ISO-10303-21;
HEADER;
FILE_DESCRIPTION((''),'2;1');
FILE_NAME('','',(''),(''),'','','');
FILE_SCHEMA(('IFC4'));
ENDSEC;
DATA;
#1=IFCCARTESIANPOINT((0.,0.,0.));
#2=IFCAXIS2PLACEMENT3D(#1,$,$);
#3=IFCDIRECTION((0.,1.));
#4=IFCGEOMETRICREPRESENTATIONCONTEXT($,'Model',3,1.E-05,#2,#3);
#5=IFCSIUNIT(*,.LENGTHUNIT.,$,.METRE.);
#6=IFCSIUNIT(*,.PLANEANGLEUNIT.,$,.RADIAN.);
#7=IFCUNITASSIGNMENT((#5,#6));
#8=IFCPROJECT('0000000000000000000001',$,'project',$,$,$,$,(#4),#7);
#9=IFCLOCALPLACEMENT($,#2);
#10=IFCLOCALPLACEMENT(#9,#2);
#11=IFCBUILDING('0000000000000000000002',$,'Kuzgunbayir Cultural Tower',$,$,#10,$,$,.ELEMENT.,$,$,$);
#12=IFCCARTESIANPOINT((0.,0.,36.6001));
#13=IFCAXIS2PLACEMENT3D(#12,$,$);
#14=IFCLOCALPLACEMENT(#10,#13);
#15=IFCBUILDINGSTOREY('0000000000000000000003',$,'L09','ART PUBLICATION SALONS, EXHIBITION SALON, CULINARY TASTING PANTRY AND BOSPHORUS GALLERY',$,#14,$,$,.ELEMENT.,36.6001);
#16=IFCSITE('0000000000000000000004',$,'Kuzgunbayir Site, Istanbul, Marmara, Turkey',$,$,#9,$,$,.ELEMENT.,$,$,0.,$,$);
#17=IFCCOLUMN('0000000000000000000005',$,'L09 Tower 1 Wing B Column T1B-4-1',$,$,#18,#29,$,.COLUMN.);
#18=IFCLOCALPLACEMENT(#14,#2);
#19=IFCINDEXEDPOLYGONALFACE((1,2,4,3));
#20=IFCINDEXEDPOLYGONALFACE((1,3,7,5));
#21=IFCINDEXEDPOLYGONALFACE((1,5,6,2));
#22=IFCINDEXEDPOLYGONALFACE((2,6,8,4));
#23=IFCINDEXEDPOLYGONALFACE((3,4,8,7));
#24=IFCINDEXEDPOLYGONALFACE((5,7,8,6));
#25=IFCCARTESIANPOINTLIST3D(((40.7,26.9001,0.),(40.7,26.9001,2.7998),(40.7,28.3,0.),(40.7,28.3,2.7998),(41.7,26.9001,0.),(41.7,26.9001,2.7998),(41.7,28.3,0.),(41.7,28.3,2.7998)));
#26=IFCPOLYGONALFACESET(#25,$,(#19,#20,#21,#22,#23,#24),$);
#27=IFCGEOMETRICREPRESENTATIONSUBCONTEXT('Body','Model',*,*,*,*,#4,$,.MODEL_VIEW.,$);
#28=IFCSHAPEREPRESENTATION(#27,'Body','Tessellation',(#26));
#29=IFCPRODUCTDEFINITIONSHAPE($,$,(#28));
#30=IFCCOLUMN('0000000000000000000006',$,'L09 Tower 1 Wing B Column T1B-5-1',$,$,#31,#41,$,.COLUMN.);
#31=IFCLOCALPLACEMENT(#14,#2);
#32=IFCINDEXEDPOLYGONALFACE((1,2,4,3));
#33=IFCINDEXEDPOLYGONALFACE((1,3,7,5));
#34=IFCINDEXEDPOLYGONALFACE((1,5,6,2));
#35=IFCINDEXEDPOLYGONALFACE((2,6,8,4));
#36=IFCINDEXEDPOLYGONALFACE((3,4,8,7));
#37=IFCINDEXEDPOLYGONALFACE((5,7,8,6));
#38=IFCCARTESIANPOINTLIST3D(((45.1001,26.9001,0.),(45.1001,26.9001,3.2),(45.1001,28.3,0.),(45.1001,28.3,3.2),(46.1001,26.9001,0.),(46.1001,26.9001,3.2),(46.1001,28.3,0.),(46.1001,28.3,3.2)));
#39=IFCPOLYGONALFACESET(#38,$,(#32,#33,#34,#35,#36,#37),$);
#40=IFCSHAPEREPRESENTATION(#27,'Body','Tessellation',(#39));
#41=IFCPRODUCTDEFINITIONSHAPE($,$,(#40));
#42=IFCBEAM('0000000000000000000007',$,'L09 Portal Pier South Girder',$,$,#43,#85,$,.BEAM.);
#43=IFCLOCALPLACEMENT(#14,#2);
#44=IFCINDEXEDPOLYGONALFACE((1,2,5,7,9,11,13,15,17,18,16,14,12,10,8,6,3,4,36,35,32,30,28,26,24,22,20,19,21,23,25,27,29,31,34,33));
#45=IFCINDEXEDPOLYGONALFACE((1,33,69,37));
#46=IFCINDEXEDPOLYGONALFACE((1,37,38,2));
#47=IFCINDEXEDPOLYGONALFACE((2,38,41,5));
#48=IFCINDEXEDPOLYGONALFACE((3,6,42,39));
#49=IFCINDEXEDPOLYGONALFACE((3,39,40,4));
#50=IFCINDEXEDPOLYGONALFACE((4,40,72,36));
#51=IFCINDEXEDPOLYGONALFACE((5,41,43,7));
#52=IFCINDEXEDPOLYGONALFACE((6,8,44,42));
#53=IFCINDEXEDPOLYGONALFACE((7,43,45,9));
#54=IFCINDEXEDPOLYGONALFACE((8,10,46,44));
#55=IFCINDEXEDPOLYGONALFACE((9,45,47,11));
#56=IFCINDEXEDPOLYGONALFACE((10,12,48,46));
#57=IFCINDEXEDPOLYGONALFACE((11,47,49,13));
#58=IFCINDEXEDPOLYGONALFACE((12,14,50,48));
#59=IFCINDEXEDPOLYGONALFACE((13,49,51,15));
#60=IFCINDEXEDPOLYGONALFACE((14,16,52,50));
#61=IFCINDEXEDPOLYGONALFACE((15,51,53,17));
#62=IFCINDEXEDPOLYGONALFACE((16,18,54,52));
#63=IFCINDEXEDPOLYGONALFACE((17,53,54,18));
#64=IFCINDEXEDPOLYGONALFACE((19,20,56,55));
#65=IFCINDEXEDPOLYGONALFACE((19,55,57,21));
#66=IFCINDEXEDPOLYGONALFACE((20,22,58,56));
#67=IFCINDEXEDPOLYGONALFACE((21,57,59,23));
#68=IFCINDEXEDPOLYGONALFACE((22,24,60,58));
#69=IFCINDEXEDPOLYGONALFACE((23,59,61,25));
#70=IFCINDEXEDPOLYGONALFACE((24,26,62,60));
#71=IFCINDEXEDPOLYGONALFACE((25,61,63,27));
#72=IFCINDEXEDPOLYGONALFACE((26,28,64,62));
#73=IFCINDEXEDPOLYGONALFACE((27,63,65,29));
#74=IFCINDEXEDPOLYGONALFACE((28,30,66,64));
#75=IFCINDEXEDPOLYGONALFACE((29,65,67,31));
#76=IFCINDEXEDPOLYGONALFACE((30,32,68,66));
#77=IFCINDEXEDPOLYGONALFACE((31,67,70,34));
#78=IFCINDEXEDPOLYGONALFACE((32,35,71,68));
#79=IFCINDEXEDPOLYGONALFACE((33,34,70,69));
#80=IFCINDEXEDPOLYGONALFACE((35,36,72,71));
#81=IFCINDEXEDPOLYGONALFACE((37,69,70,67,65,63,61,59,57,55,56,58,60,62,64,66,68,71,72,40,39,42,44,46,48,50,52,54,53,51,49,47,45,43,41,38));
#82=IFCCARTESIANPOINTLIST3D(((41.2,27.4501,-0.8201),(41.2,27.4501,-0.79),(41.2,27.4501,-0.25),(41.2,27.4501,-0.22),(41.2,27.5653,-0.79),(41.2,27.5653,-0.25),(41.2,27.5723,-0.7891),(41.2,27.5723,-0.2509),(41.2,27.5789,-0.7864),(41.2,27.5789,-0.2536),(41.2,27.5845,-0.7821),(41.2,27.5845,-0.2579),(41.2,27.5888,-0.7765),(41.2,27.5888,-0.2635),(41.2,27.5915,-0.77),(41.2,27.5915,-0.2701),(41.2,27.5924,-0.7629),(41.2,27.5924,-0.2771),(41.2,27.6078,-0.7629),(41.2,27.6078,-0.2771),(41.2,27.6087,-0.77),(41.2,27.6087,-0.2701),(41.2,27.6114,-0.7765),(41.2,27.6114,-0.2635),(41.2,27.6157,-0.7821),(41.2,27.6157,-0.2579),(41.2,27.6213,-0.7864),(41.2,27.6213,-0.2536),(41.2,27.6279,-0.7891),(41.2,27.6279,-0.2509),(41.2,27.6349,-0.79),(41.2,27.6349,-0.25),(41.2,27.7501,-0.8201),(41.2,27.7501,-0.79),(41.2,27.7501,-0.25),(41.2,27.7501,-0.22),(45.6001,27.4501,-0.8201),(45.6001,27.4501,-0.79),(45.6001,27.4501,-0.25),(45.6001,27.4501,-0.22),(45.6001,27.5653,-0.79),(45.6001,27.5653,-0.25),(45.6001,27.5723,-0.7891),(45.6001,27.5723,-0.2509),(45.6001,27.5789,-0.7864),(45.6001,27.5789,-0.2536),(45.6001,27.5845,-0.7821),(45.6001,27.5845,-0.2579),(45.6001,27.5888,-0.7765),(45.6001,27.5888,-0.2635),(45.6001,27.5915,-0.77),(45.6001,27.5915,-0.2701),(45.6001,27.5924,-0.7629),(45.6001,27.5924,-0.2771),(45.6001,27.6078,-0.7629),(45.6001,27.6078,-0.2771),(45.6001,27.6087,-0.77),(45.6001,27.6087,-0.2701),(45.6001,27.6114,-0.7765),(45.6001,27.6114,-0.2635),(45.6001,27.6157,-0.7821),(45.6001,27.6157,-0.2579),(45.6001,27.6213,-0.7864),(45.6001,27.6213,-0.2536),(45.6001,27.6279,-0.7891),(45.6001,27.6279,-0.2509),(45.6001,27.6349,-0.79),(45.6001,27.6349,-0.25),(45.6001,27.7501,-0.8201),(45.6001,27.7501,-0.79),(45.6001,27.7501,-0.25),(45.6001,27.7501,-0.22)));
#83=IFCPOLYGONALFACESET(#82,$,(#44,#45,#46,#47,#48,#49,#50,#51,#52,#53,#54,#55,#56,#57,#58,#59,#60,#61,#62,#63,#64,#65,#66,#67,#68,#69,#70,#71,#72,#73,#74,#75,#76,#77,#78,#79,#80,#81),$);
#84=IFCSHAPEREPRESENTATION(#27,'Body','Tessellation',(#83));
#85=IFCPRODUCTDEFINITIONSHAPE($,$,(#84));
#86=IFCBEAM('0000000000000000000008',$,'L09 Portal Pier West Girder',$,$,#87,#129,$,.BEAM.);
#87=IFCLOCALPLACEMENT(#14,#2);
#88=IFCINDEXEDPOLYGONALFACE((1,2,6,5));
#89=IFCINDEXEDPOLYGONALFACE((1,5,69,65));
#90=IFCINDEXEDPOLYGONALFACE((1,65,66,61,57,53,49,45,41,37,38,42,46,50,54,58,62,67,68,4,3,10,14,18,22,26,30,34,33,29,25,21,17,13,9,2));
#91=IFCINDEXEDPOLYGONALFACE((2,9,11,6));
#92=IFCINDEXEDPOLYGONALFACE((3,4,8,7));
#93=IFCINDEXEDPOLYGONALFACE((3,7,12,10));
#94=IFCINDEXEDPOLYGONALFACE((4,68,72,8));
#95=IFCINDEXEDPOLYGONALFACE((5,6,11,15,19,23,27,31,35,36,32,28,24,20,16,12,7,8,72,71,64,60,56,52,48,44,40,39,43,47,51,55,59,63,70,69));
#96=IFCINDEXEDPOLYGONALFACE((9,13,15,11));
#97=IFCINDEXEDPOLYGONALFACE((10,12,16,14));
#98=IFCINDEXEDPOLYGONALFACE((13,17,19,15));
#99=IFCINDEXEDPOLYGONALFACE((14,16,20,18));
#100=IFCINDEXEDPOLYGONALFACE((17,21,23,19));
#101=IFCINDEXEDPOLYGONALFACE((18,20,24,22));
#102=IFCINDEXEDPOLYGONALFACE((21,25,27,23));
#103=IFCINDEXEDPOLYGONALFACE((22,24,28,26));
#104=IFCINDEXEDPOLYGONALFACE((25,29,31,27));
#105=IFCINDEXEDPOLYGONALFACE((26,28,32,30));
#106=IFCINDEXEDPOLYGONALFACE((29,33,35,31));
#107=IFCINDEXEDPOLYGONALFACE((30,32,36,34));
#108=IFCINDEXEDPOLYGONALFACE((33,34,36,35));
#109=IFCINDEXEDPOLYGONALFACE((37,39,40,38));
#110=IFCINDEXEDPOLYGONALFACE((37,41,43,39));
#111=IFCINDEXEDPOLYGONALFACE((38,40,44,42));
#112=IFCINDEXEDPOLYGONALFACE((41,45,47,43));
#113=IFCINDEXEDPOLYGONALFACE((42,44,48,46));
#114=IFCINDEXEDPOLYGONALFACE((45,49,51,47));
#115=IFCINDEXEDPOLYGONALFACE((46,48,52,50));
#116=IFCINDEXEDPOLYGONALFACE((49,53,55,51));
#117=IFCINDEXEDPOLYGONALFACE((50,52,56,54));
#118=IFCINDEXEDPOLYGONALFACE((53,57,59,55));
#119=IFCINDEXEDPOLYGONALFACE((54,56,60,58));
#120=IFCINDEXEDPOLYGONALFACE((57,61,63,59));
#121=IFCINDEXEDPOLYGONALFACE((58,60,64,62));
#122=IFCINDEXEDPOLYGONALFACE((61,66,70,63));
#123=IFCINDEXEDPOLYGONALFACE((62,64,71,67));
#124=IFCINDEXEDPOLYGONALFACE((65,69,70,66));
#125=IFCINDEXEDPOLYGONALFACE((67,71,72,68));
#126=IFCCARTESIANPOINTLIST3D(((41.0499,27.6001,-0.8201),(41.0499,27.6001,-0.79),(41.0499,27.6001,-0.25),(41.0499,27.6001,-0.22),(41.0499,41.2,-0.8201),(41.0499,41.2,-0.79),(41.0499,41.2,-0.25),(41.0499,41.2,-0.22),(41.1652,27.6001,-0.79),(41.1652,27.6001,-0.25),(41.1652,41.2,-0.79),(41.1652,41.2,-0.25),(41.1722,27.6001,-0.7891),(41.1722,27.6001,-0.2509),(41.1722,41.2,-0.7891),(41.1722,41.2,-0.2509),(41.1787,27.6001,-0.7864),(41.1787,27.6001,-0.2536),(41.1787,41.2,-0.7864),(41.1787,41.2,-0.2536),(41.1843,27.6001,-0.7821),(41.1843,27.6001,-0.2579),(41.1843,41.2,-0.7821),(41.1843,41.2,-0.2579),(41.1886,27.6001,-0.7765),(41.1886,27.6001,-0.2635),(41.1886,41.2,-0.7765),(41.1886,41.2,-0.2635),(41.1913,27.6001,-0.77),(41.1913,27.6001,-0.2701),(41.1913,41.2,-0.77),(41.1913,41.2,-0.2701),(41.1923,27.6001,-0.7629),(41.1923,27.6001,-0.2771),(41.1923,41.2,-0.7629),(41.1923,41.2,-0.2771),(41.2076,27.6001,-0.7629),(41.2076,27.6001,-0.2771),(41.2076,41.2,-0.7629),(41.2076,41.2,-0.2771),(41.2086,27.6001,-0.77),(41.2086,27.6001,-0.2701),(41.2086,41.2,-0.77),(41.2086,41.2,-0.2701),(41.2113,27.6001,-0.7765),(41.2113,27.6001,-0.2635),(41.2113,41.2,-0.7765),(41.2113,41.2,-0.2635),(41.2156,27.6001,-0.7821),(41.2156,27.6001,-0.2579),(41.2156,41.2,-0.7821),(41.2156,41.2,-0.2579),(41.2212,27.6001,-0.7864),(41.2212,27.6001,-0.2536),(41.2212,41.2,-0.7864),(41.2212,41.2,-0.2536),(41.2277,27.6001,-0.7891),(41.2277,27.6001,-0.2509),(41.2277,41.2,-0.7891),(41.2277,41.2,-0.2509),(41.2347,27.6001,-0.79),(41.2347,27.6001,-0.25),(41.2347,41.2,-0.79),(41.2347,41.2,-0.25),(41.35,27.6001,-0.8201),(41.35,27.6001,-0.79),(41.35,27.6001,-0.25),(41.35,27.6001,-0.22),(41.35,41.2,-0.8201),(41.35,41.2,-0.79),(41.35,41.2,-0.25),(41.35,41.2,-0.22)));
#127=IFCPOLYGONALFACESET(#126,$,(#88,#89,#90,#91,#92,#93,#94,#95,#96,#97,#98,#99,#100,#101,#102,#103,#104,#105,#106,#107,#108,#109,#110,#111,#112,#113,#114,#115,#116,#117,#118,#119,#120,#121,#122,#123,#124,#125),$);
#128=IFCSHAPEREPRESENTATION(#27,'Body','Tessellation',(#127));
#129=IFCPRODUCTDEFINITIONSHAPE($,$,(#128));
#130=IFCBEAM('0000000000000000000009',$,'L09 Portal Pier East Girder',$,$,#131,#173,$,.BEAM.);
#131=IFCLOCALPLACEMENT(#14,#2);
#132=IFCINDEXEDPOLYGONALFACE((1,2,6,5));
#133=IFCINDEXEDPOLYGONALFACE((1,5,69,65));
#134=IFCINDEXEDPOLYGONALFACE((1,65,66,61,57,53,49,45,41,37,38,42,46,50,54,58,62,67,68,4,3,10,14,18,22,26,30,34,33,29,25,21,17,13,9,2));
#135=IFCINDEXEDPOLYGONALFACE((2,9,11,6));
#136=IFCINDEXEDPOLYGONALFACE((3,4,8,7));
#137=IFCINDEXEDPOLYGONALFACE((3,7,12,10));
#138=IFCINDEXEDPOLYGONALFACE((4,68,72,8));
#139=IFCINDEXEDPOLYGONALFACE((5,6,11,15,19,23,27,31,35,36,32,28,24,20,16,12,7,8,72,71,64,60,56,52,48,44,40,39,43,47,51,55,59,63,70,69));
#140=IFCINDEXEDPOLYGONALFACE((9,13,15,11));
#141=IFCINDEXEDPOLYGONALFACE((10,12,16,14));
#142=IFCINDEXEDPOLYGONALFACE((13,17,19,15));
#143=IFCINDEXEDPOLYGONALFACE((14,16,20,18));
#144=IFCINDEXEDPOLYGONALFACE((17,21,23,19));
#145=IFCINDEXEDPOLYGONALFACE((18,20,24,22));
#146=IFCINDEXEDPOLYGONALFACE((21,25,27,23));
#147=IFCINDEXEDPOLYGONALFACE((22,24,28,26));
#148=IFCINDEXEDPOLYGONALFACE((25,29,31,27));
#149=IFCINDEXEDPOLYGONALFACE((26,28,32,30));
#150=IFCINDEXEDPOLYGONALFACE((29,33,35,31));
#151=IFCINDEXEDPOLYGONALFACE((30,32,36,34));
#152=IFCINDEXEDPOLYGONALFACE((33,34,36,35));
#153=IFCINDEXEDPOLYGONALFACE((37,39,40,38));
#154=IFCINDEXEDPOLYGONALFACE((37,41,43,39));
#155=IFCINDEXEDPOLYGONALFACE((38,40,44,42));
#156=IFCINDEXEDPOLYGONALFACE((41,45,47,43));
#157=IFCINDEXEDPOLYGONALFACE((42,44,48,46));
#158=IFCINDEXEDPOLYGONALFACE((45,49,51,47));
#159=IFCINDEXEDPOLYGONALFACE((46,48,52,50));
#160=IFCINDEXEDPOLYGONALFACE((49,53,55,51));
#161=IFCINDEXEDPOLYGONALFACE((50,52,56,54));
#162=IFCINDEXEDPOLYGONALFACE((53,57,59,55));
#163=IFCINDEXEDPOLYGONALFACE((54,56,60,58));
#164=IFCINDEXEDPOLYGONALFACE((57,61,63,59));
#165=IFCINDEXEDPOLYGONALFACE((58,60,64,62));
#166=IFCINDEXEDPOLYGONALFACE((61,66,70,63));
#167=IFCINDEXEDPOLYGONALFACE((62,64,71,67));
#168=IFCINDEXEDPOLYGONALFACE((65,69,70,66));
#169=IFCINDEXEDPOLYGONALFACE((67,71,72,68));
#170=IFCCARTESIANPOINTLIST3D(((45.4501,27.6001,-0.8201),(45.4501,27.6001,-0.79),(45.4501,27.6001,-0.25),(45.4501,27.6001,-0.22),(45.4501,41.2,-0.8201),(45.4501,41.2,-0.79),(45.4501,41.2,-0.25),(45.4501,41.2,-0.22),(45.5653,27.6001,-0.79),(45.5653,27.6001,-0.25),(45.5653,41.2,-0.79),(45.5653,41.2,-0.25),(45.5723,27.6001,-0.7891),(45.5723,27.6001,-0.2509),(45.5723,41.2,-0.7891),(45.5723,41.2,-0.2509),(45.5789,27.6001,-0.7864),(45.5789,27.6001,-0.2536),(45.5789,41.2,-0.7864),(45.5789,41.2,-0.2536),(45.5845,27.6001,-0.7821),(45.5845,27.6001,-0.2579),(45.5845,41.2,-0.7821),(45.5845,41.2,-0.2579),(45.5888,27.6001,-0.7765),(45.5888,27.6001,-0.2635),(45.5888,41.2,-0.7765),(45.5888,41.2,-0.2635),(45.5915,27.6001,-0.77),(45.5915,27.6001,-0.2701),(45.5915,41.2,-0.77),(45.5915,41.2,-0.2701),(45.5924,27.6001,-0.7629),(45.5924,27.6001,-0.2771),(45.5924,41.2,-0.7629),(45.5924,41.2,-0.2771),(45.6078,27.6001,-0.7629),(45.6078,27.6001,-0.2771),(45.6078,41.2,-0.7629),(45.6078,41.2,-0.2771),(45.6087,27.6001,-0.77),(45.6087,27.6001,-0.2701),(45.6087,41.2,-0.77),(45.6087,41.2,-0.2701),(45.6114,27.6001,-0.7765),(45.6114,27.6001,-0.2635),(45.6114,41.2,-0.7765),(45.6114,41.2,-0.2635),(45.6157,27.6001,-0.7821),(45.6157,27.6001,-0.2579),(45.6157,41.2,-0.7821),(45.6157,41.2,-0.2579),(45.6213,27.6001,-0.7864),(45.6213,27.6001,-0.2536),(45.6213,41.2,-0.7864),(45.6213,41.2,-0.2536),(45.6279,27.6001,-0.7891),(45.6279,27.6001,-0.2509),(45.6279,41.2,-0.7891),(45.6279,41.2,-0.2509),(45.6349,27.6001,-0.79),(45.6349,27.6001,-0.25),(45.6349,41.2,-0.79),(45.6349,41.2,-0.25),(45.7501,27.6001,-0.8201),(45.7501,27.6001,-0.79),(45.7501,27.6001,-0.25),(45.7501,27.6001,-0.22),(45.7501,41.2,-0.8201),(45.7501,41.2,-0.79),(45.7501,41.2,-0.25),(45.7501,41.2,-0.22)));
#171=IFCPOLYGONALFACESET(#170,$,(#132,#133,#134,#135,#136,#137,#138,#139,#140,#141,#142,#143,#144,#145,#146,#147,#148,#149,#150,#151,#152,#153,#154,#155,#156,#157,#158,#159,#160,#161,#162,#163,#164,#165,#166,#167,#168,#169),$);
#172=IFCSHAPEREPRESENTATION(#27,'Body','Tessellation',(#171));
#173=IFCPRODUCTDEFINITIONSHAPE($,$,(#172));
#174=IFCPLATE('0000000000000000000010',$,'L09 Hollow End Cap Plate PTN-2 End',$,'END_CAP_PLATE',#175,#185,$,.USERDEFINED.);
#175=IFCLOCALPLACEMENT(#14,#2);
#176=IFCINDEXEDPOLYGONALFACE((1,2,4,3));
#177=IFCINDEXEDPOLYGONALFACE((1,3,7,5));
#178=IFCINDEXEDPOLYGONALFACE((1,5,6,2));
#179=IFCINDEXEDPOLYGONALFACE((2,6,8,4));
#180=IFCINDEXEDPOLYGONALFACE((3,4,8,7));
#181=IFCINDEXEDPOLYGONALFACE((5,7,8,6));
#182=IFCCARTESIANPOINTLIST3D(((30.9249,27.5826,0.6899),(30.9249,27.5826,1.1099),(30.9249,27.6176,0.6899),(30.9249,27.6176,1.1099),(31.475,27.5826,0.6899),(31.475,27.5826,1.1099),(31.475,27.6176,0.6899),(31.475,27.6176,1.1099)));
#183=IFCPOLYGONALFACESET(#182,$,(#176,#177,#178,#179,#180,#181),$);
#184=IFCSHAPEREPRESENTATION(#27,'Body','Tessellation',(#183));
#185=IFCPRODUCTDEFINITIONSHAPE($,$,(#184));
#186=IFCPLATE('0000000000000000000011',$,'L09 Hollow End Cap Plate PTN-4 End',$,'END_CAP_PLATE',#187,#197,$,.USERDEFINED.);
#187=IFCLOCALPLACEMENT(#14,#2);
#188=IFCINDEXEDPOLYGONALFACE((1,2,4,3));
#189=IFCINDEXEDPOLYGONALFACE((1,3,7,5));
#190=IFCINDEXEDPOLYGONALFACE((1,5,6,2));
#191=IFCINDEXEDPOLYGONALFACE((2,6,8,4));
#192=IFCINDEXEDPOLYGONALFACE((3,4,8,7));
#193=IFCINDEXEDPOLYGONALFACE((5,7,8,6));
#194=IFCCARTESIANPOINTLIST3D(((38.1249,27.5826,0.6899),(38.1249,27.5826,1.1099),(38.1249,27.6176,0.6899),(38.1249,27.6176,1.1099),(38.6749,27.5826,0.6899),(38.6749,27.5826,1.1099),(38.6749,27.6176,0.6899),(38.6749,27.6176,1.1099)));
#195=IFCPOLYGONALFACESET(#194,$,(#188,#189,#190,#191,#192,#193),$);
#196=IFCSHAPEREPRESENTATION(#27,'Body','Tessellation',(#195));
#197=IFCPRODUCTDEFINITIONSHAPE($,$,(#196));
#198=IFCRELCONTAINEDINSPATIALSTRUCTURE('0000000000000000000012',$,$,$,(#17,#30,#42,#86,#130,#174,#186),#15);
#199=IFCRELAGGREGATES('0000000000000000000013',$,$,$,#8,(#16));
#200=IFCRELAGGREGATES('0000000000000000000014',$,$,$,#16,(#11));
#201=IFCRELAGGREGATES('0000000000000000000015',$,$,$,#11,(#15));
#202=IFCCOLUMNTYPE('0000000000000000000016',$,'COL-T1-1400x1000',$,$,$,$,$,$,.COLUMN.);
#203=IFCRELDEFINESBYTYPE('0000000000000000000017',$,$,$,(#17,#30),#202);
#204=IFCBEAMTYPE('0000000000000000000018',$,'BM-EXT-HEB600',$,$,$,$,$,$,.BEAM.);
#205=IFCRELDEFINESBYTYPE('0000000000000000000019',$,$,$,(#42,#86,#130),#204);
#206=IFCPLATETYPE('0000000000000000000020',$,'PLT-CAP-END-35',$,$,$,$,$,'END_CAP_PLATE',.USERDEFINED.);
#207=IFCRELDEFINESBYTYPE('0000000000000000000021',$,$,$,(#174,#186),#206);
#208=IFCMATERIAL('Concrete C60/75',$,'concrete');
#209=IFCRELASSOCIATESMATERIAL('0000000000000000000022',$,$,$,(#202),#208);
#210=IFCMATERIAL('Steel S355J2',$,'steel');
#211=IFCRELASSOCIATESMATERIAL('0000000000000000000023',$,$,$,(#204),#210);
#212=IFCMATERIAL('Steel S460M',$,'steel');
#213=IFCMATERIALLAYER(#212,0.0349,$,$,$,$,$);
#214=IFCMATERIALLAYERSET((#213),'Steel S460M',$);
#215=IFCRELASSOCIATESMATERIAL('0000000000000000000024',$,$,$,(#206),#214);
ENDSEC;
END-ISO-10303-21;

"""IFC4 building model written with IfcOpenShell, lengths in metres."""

from ifc_helpers import new_model, si_unit, direction, frame, origin, origin_2d, place, context, subcontext, project, spatial, rectangle, i_section, extrude, material, layer, layer_set, material_profile, profile_set, type_object, element, save


model = new_model("IFC4")

# Units and contexts
model_context = context("Model", 3, precision=1e-05, world=origin(), true_north=direction((0.0, 1.0)))
body_context = subcontext(model_context, "Body", "Model", "MODEL_VIEW")
ifc_project = project(units=[si_unit("LENGTHUNIT", "METRE"), si_unit("PLANEANGLEUNIT", "RADIAN")], contexts=[model_context])

# Site, building, storey
site_placement = place(None, origin())
site = spatial("IfcSite", under=ifc_project, at=site_placement, Name="Kuzgunbayir Site, Istanbul, Marmara, Turkey", CompositionType="ELEMENT", RefElevation=0.0)
building_placement = place(site_placement, origin())
building = spatial("IfcBuilding", under=site, at=building_placement, Name="Kuzgunbayir Cultural Tower", CompositionType="ELEMENT")
storey_placement = place(building_placement, frame((0.0, 0.0, 36.6001)))
storey = spatial("IfcBuildingStorey", under=building, at=storey_placement, Name="L09", Description="ART PUBLICATION SALONS, EXHIBITION SALON, CULINARY TASTING PANTRY AND BOSPHORUS GALLERY", CompositionType="ELEMENT", Elevation=36.6001)

# Columns
ifc_material_1 = material(Name="Concrete C60/75", Category="concrete")
ifc_material_profile_1 = material_profile(ifc_material_1, rectangle(XDim=1.0, YDim=1.3999, at=origin_2d()), Name="RC 1400x1000")
ifc_profile_set_1 = profile_set([ifc_material_profile_1], Name="Concrete C60/75")
column_type = type_object("IfcColumnType", Name="COL-T1-1400x1000", PredefinedType="COLUMN", material=ifc_profile_set_1)
column_1_placement = place(storey_placement, frame((41.2, 27.6001, 0.0), z_axis=(0.0, 0.0, 1.0), x_axis=(1.0, 0.0, 0.0)))
element("IfcColumn", 1, at=column_1_placement, inside=storey, type_object=column_type, Name="L09 Tower 1 Wing B Column T1B-4-1", PredefinedType="COLUMN", context=body_context, shape_type="SweptSolid", body=[
    extrude(rectangle(XDim=1.0, YDim=1.3999, at=origin_2d()), origin(), (0.0, 0.0, 1.0), 2.7998),
])
column_2_placement = place(storey_placement, frame((45.6001, 27.6001, 0.0), z_axis=(0.0, 0.0, 1.0), x_axis=(1.0, 0.0, 0.0)))
element("IfcColumn", 2, at=column_2_placement, inside=storey, type_object=column_type, Name="L09 Tower 1 Wing B Column T1B-5-1", PredefinedType="COLUMN", context=body_context, shape_type="SweptSolid", body=[
    extrude(rectangle(XDim=1.0, YDim=1.3999, at=origin_2d()), origin(), (0.0, 0.0, 1.0), 3.2),
])

# Beams
ifc_material_2 = material(Name="Steel S355J2", Category="steel")
ifc_material_profile_2 = material_profile(ifc_material_2, i_section(OverallWidth=0.3, OverallDepth=0.6001, WebThickness=0.0154, FlangeThickness=0.03, FilletRadius=0.0271, at=origin_2d()), Name="HEB 600")
ifc_profile_set_2 = profile_set([ifc_material_profile_2], Name="Steel S355J2")
beam_type = type_object("IfcBeamType", Name="BM-EXT-HEB600", PredefinedType="BEAM", material=ifc_profile_set_2)
beam_placement = place(storey_placement, frame((41.2, 27.6001, -0.52), z_axis=(1.0, 0.0, 0.0), x_axis=(0.0, 1.0, 0.0)))
element("IfcBeam", 3, at=beam_placement, inside=storey, type_object=beam_type, Name="L09 Portal Pier South Girder", PredefinedType="BEAM", context=body_context, shape_type="SweptSolid", body=[
    extrude(i_section(OverallWidth=0.3, OverallDepth=0.6001, WebThickness=0.0154, FlangeThickness=0.03, FilletRadius=0.0271, at=origin_2d()), origin(), (0.0, 0.0, 1.0), 4.4001),
])
for number, where, z_axis, x_axis, name in (
    (4, (41.2, 27.6001, -0.52), (0.0, 1.0, 0.0), (-1.0, 0.0, 0.0), "L09 Portal Pier West Girder"),
    (5, (45.6001, 27.6001, -0.52), (0.0, 1.0, 0.0), (-1.0, 0.0, 0.0), "L09 Portal Pier East Girder"),
):
    element("IfcBeam", number, at=place(storey_placement, frame(where, z_axis=z_axis, x_axis=x_axis)), inside=storey, type_object=beam_type, Name=name, PredefinedType="BEAM", context=body_context, shape_type="SweptSolid", body=[
        extrude(i_section(OverallWidth=0.3, OverallDepth=0.6001, WebThickness=0.0154, FlangeThickness=0.03, FilletRadius=0.0271, at=origin_2d()), origin(), (0.0, 0.0, 1.0), 13.5999),
    ])

# Plates
ifc_material_3 = material(Name="Steel S460M", Category="steel")
ifc_layer_1 = layer(ifc_material_3, 0.0349)
ifc_layer_set_1 = layer_set([ifc_layer_1], Name="Steel S460M")
plate_type_1 = type_object("IfcPlateType", Name="PLT-CAP-END-35", ElementType="END_CAP_PLATE", PredefinedType="USERDEFINED", material=ifc_layer_set_1)
for number, where, z_axis, x_axis, name in (
    (6, (31.2, 27.6001, 0.6899), (0.0, 0.0, 1.0), (1.0, 0.0, 0.0), "L09 Hollow End Cap Plate PTN-2 End"),
    (7, (38.3999, 27.6001, 0.6899), (0.0, 0.0, 1.0), (1.0, 0.0, 0.0), "L09 Hollow End Cap Plate PTN-4 End"),
):
    element("IfcPlate", number, at=place(storey_placement, frame(where, z_axis=z_axis, x_axis=x_axis)), inside=storey, type_object=plate_type_1, Name=name, ObjectType="END_CAP_PLATE", PredefinedType="USERDEFINED", context=body_context, shape_type="SweptSolid", body=[
        extrude(rectangle(XDim=0.55, YDim=0.0349, at=origin_2d()), origin(), (0.0, 0.0, 1.0), 0.4199),
    ])

save(model, "model.ifc")
